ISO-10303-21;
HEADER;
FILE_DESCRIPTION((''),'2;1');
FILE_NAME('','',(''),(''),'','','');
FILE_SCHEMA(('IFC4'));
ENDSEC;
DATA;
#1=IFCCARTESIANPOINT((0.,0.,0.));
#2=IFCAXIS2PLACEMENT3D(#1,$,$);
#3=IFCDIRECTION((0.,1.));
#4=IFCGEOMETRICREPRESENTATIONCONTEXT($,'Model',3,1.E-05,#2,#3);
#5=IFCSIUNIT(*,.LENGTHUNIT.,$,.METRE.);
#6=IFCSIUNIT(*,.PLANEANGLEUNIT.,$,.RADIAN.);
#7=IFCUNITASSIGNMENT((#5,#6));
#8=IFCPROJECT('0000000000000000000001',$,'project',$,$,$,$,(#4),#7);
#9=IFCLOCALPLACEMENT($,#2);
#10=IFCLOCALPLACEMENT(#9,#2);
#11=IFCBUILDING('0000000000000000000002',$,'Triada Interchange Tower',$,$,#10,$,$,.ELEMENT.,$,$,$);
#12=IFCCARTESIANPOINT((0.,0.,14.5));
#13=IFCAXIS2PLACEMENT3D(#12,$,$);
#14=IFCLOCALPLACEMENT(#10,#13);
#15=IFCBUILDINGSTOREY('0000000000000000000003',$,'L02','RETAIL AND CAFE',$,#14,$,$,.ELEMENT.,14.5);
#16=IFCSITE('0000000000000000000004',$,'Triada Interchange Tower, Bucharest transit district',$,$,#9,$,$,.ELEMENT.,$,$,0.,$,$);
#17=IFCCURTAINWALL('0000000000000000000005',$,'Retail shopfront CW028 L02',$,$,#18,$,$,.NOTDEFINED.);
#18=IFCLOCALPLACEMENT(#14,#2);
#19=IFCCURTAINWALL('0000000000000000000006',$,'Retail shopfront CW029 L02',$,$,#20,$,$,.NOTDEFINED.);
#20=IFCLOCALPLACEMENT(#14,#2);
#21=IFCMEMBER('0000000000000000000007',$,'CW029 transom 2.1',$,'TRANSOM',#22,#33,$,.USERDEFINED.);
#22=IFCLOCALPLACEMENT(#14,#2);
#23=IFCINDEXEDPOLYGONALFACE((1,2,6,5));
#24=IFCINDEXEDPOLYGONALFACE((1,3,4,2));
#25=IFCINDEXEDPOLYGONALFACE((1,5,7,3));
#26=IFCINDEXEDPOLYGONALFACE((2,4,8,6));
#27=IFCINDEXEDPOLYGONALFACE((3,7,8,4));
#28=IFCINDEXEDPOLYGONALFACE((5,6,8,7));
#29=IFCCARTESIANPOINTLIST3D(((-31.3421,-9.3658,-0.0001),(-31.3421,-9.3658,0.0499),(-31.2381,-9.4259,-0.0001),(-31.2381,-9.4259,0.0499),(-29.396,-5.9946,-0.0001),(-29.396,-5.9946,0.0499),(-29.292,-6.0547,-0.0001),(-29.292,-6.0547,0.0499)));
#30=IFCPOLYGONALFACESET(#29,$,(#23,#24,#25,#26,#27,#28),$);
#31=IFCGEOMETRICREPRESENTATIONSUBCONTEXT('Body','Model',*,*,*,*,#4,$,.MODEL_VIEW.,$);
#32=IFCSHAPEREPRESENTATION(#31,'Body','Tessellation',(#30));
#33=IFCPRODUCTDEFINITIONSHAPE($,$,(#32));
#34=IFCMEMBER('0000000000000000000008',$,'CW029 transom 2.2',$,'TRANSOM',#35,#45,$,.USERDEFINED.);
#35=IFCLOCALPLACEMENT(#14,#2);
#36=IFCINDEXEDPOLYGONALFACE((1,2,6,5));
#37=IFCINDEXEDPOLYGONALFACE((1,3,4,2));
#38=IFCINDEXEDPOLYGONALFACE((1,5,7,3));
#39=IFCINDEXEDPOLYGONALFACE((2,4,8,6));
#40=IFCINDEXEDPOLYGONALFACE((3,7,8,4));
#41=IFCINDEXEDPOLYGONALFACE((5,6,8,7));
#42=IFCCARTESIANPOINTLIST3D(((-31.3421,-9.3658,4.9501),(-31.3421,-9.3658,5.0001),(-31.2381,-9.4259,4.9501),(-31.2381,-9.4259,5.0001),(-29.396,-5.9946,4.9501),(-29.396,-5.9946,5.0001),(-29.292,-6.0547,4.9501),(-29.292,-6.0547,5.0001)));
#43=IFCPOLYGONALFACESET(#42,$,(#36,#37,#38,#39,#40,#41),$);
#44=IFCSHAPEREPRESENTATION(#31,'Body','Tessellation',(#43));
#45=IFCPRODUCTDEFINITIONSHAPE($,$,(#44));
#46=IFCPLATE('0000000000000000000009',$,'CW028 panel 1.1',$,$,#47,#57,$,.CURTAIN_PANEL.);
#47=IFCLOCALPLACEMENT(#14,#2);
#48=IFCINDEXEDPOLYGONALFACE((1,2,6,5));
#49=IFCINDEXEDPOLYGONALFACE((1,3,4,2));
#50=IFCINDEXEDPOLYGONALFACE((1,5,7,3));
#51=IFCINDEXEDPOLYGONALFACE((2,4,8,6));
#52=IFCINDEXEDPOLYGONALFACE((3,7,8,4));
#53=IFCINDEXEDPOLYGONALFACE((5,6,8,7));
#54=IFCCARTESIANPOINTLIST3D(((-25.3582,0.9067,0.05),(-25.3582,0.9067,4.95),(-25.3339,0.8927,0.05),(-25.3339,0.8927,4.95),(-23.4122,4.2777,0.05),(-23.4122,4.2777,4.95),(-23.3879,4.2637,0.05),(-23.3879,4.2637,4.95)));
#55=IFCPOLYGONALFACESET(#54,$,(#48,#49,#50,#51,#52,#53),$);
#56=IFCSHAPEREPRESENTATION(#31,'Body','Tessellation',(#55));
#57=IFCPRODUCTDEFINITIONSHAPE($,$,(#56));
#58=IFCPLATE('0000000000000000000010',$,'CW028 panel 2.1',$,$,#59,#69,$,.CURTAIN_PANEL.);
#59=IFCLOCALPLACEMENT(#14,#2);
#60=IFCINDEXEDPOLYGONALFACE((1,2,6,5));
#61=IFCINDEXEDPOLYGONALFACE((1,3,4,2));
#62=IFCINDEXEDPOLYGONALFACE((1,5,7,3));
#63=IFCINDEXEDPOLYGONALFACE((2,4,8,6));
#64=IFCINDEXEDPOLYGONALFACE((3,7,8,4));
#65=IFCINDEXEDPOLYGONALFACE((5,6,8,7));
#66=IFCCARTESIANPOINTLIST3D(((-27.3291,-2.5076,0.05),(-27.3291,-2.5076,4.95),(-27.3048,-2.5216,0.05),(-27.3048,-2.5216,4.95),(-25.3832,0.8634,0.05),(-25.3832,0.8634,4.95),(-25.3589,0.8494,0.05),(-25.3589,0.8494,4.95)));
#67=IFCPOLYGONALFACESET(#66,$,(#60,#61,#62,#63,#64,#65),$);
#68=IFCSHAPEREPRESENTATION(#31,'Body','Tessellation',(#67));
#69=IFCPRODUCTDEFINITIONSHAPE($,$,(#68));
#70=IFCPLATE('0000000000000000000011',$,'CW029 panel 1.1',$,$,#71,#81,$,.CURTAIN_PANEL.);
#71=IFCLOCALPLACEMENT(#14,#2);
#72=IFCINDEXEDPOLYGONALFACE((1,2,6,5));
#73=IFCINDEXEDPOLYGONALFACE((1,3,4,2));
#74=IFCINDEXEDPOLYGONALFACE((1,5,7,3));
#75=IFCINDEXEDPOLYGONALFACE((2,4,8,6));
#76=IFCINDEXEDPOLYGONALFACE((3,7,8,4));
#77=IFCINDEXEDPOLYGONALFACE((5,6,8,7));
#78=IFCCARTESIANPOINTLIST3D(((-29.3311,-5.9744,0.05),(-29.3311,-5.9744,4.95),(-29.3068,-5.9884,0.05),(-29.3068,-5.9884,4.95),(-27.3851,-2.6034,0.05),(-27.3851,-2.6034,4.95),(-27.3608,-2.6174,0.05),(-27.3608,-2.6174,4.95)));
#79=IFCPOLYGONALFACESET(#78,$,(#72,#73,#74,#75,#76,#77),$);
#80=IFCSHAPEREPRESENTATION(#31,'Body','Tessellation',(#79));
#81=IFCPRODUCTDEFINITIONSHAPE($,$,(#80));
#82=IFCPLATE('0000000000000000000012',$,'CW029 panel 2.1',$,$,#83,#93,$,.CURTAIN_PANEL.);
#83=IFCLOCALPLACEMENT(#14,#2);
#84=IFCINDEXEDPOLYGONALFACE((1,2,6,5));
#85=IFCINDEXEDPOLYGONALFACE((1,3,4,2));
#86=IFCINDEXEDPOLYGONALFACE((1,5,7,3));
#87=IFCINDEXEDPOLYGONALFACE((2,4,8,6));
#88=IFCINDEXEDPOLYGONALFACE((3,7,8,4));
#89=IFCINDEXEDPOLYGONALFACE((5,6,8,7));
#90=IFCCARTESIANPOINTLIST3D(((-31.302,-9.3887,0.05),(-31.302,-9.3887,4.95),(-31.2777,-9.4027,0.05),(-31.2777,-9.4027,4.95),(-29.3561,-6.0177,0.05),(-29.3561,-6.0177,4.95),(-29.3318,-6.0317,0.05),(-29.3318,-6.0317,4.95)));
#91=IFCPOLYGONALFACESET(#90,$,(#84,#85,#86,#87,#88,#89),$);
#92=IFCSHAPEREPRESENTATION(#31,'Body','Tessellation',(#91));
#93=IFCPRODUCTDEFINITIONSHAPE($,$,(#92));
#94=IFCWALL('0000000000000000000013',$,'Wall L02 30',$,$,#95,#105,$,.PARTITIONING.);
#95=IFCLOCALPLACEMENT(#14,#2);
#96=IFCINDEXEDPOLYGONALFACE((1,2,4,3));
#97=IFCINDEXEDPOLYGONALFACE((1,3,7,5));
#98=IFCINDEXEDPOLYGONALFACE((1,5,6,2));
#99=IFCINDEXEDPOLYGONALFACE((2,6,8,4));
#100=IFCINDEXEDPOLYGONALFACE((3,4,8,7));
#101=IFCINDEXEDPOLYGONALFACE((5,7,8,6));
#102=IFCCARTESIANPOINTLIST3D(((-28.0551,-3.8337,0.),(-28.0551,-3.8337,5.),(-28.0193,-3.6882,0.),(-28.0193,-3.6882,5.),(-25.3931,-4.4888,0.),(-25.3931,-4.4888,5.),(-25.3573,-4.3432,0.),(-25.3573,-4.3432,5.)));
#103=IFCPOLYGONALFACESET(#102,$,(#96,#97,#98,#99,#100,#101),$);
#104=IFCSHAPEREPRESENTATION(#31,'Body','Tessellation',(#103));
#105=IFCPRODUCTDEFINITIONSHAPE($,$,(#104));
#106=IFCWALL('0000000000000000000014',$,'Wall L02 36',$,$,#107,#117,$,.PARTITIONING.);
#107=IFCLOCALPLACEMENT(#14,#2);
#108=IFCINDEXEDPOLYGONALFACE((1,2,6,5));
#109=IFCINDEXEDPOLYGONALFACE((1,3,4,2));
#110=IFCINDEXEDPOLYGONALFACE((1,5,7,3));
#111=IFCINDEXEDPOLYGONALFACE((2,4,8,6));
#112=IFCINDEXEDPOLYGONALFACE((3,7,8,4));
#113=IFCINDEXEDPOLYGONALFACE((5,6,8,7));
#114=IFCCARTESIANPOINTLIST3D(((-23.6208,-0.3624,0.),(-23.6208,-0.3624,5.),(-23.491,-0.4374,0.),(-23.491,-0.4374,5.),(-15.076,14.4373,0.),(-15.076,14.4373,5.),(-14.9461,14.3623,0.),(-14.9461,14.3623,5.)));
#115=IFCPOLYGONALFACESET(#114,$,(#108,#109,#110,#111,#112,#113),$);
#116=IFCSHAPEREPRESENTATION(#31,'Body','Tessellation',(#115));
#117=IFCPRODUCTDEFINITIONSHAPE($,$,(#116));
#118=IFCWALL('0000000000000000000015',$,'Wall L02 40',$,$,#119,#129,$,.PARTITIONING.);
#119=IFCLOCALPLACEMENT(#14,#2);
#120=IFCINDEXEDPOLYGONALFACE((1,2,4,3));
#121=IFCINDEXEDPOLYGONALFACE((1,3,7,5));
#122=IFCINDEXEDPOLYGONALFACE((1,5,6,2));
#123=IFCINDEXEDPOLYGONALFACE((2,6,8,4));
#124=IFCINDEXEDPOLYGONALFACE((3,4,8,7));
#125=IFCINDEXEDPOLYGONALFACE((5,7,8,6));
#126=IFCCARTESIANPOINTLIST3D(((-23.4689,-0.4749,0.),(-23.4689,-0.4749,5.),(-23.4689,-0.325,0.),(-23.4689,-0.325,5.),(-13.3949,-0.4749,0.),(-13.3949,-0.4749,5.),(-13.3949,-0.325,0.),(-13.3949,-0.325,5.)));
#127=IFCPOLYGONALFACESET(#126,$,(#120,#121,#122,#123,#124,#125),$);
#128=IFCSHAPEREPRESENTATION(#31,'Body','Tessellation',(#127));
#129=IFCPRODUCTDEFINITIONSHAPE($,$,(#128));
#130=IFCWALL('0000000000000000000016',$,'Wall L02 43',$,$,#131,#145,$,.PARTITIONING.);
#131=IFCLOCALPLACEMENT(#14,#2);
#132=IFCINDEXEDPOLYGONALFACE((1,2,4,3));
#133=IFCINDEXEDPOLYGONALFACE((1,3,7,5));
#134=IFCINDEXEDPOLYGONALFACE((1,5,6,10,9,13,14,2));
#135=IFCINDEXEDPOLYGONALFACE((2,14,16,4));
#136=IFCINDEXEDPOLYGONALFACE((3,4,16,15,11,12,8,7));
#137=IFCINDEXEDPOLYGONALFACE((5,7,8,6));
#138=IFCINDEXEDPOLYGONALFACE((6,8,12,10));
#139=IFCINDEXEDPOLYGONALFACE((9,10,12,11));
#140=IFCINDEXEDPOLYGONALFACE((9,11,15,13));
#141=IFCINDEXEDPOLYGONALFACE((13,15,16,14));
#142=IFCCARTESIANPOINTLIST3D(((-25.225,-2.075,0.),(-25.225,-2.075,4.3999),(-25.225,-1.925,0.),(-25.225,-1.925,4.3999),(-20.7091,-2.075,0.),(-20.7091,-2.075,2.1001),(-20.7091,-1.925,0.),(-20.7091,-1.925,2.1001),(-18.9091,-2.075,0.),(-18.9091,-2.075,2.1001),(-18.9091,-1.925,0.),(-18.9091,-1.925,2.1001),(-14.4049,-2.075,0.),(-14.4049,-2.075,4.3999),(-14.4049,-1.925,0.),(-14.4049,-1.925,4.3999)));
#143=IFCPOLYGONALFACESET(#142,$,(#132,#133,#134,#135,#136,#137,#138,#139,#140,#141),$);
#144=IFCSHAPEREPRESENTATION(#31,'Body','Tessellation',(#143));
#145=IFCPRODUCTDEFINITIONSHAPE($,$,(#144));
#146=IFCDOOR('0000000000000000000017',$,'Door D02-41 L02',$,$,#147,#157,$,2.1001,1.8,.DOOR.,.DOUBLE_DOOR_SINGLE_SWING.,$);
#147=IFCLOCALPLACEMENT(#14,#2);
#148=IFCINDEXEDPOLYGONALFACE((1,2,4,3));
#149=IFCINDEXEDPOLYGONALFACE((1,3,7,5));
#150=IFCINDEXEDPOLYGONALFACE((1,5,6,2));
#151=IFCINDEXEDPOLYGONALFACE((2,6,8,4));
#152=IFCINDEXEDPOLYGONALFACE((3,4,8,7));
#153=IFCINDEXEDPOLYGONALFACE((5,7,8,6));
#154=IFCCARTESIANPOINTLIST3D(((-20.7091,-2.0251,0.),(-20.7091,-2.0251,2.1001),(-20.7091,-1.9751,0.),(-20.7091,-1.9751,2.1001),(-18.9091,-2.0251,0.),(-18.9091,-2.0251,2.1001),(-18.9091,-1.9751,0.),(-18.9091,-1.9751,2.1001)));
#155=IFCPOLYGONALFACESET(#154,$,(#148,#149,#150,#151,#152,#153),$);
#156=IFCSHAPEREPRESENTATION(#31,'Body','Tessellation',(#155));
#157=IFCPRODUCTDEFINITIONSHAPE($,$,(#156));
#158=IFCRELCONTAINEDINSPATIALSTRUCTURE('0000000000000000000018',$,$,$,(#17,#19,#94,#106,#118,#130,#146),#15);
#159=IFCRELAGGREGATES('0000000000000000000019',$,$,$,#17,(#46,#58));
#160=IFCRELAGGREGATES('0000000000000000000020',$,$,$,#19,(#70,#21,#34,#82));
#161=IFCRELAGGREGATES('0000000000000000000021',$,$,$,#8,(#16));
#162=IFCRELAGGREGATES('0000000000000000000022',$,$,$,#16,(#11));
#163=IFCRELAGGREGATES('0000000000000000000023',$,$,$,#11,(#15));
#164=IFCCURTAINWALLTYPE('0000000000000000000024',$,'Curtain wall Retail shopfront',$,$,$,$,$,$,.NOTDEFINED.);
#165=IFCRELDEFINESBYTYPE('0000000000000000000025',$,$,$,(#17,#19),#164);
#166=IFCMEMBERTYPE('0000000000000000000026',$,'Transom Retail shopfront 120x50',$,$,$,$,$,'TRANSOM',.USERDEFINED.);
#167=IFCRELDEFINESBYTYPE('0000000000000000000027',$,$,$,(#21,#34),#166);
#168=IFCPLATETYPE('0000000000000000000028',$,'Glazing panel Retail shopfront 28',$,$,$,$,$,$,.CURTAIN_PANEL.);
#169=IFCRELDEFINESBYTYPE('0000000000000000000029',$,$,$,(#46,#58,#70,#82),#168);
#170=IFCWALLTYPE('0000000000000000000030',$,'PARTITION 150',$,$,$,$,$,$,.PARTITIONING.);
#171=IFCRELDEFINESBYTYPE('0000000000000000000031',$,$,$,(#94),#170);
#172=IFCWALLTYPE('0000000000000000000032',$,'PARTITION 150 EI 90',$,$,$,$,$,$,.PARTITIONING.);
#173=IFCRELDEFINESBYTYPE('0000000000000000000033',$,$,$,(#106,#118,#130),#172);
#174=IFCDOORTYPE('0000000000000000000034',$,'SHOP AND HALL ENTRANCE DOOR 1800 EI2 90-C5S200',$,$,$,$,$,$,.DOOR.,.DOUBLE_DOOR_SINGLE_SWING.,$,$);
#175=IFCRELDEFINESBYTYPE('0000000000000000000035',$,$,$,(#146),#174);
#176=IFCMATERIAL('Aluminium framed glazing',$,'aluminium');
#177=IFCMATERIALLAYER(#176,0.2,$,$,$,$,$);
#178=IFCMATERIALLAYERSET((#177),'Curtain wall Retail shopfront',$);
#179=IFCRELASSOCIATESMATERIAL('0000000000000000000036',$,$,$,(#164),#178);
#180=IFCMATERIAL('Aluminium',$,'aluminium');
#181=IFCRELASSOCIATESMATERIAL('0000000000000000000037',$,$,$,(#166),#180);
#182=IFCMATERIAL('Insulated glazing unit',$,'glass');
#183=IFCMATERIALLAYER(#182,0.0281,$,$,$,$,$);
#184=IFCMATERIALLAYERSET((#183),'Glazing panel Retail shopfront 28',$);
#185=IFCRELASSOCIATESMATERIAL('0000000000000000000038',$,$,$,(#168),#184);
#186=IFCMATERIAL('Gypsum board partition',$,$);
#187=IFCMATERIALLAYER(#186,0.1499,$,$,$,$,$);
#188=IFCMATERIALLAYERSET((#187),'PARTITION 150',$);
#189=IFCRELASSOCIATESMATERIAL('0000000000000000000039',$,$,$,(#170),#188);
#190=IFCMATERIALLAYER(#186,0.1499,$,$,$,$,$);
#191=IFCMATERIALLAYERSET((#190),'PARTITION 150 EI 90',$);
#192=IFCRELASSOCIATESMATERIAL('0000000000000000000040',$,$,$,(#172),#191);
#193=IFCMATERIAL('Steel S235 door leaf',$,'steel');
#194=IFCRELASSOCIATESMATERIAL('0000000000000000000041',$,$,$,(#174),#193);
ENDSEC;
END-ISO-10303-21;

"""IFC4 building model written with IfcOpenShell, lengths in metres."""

from ifc_helpers import new_model, si_unit, direction, frame, frame_2d, origin, origin_2d, place, context, subcontext, project, spatial, rectangle, extrude, material, layer, layer_set, material_profile, profile_set, type_object, element, fill, aggregate, save


model = new_model("IFC4")

# Units and contexts
model_context = context("Model", 3, precision=1e-05, world=origin(), true_north=direction((0.0, 1.0)))
body_context = subcontext(model_context, "Body", "Model", "MODEL_VIEW")
ifc_project = project(units=[si_unit("LENGTHUNIT", "METRE"), si_unit("PLANEANGLEUNIT", "RADIAN")], contexts=[model_context])

# Site, building, storey
site_placement = place(None, origin())
site = spatial("IfcSite", under=ifc_project, at=site_placement, Name="Triada Interchange Tower, Bucharest transit district", CompositionType="ELEMENT", RefElevation=0.0)
building_placement = place(site_placement, origin())
building = spatial("IfcBuilding", under=site, at=building_placement, Name="Triada Interchange Tower", CompositionType="ELEMENT")
storey_placement = place(building_placement, frame((0.0, 0.0, 14.5)))
storey = spatial("IfcBuildingStorey", under=building, at=storey_placement, Name="L02", Description="RETAIL AND CAFE", CompositionType="ELEMENT", Elevation=14.5)

# Curtain walls
ifc_material_1 = material(Name="Aluminium framed glazing", Category="aluminium")
ifc_layer_1 = layer(ifc_material_1, 0.2)
ifc_layer_set_1 = layer_set([ifc_layer_1], Name="Curtain wall Retail shopfront")
curtain_wall_type = type_object("IfcCurtainWallType", Name="Curtain wall Retail shopfront", PredefinedType="NOTDEFINED", material=ifc_layer_set_1)
curtain_wall_1_placement = place(storey_placement, origin())
curtain_wall_1 = element("IfcCurtainWall", 1, at=curtain_wall_1_placement, inside=storey, type_object=curtain_wall_type, Name="Retail shopfront CW028 L02", PredefinedType="NOTDEFINED")
ifc_material_2 = material(Name="Aluminium", Category="aluminium")
curtain_wall_2_placement = place(storey_placement, origin())
curtain_wall_2 = element("IfcCurtainWall", 2, at=curtain_wall_2_placement, inside=storey, type_object=curtain_wall_type, Name="Retail shopfront CW029 L02", PredefinedType="NOTDEFINED")

# Members
ifc_material_profile_1 = material_profile(ifc_material_2, rectangle(XDim=0.1201, YDim=0.05, at=origin_2d()), Name="Aluminium transom")
ifc_profile_set_1 = profile_set([ifc_material_profile_1], Name="Aluminium")
member_type_1 = type_object("IfcMemberType", Name="Transom Retail shopfront 120x50", ElementType="TRANSOM", PredefinedType="USERDEFINED", material=ifc_profile_set_1)
member_1_placement = place(storey_placement, frame((-29.344, -6.0247, 0.0249), z_axis=(-0.49995, -0.866054, 0.0), x_axis=(0.866054, -0.49995, 0.0)))
member_1 = element("IfcMember", 3, at=member_1_placement, type_object=member_type_1, Name="CW029 transom 2.1", ObjectType="TRANSOM", PredefinedType="USERDEFINED", context=body_context, shape_type="SweptSolid", body=[
    extrude(rectangle(XDim=0.1201, YDim=0.05, at=origin_2d()), origin(), (0.0, 0.0, 1.0), 3.8926),
])
member_2_placement = place(storey_placement, frame((-29.344, -6.0247, 4.9751), z_axis=(-0.49995, -0.866054, 0.0), x_axis=(0.866054, -0.49995, 0.0)))
member_2 = element("IfcMember", 4, at=member_2_placement, type_object=member_type_1, Name="CW029 transom 2.2", ObjectType="TRANSOM", PredefinedType="USERDEFINED", context=body_context, shape_type="SweptSolid", body=[
    extrude(rectangle(XDim=0.1201, YDim=0.05, at=origin_2d()), origin(), (0.0, 0.0, 1.0), 3.8926),
])

# Plates
ifc_material_3 = material(Name="Insulated glazing unit", Category="glass")
ifc_layer_2 = layer(ifc_material_3, 0.0281)
ifc_layer_set_2 = layer_set([ifc_layer_2], Name="Glazing panel Retail shopfront 28")
plate_type = type_object("IfcPlateType", Name="Glazing panel Retail shopfront 28", PredefinedType="CURTAIN_PANEL", material=ifc_layer_set_2)
plate_1_placement = place(storey_placement, frame((-24.373, 2.5852, 0.05), z_axis=(0.0, 0.0, 1.0), x_axis=(-0.499948, -0.866055, 0.0)))
plate_1 = element("IfcPlate", 5, at=plate_1_placement, type_object=plate_type, Name="CW028 panel 1.1", PredefinedType="CURTAIN_PANEL", context=body_context, shape_type="SweptSolid", body=[
    extrude(rectangle(XDim=3.8923, YDim=0.0281, at=origin_2d()), origin(), (0.0, 0.0, 1.0), 4.8999),
])
plate_2_placement = place(storey_placement, frame((-26.344, -0.8291, 0.05), z_axis=(0.0, 0.0, 1.0), x_axis=(-0.499948, -0.866055, 0.0)))
plate_2 = element("IfcPlate", 6, at=plate_2_placement, type_object=plate_type, Name="CW028 panel 2.1", PredefinedType="CURTAIN_PANEL", context=body_context, shape_type="SweptSolid", body=[
    extrude(rectangle(XDim=3.8923, YDim=0.0281, at=origin_2d()), origin(), (0.0, 0.0, 1.0), 4.8999),
])
aggregate(curtain_wall_1, [plate_1, plate_2])
plate_3_placement = place(storey_placement, frame((-28.3459, -4.2959, 0.05), z_axis=(0.0, 0.0, 1.0), x_axis=(-0.499948, -0.866055, 0.0)))
plate_3 = element("IfcPlate", 7, at=plate_3_placement, type_object=plate_type, Name="CW029 panel 1.1", PredefinedType="CURTAIN_PANEL", context=body_context, shape_type="SweptSolid", body=[
    extrude(rectangle(XDim=3.8923, YDim=0.0281, at=origin_2d()), origin(), (0.0, 0.0, 1.0), 4.8999),
])
plate_4_placement = place(storey_placement, frame((-30.3169, -7.7102, 0.05), z_axis=(0.0, 0.0, 1.0), x_axis=(-0.499948, -0.866055, 0.0)))
plate_4 = element("IfcPlate", 8, at=plate_4_placement, type_object=plate_type, Name="CW029 panel 2.1", PredefinedType="CURTAIN_PANEL", context=body_context, shape_type="SweptSolid", body=[
    extrude(rectangle(XDim=3.8923, YDim=0.0281, at=origin_2d()), origin(), (0.0, 0.0, 1.0), 4.8999),
])
aggregate(curtain_wall_2, [plate_3, member_1, member_2, plate_4])

# Walls
ifc_material_4 = material(Name="Gypsum board partition")
ifc_layer_3 = layer(ifc_material_4, 0.1499)
ifc_layer_set_3 = layer_set([ifc_layer_3], Name="PARTITION 150")
wall_type_1 = type_object("IfcWallType", Name="PARTITION 150", PredefinedType="PARTITIONING", material=ifc_layer_set_3)
wall_1_placement = place(storey_placement, frame((-28.0371, -3.761, 0.0), z_axis=(0.0, 0.0, 1.0), x_axis=(0.971037, -0.23893, 0.0)))
element("IfcWall", 9, at=wall_1_placement, inside=storey, type_object=wall_type_1, Name="Wall L02 30", PredefinedType="PARTITIONING", context=body_context, shape_type="SweptSolid", body=[
    extrude(rectangle(XDim=2.7415, YDim=0.1499, at=frame_2d((1.3706, 0.0))), origin(), (0.0, 0.0, 1.0), 5.0),
])
ifc_layer_4 = layer(ifc_material_4, 0.1499)
ifc_layer_set_4 = layer_set([ifc_layer_4], Name="PARTITION 150 EI 90")
wall_type_2 = type_object("IfcWallType", Name="PARTITION 150 EI 90", PredefinedType="PARTITIONING", material=ifc_layer_set_4)
wall_2_placement = place(storey_placement, frame((-23.5559, -0.3999, 0.0), z_axis=(0.0, 0.0, 1.0), x_axis=(0.500011, 0.866019, 0.0)))
element("IfcWall", 10, at=wall_2_placement, inside=storey, type_object=wall_type_2, Name="Wall L02 36", PredefinedType="PARTITIONING", context=body_context, shape_type="SweptSolid", body=[
    extrude(rectangle(XDim=17.0894, YDim=0.1499, at=frame_2d((8.5447, 0.0))), origin(), (0.0, 0.0, 1.0), 5.0),
])
wall_3_placement = place(storey_placement, frame((-23.469, -0.3999, 0.0), z_axis=(0.0, 0.0, 1.0), x_axis=(1.0, 0.0, 0.0)))
element("IfcWall", 11, at=wall_3_placement, inside=storey, type_object=wall_type_2, Name="Wall L02 40", PredefinedType="PARTITIONING", context=body_context, shape_type="SweptSolid", body=[
    extrude(rectangle(XDim=10.074, YDim=0.1499, at=frame_2d((5.0371, 0.0))), origin(), (0.0, 0.0, 1.0), 5.0),
])

# Wall, opening, door
wall_4_placement = place(storey_placement, frame((-25.2251, -2.0, 0.0), z_axis=(0.0, 0.0, 1.0), x_axis=(1.0, 0.0, 0.0)))
wall_4 = element("IfcWall", 12, at=wall_4_placement, inside=storey, type_object=wall_type_2, Name="Wall L02 43", PredefinedType="PARTITIONING", context=body_context, shape_type="SweptSolid", body=[
    extrude(rectangle(XDim=10.8201, YDim=0.1499, at=frame_2d((5.4102, 0.0))), origin(), (0.0, 0.0, 1.0), 4.3999),
])
opening_placement = place(wall_4_placement, frame((4.5161, 0.0, 0.0)))
opening = element("IfcOpeningElement", 13, at=opening_placement, cuts=wall_4, PredefinedType="OPENING", context=body_context, shape_type="SweptSolid", body=[
    extrude(rectangle(XDim=1.8, YDim=2.1001, at=frame_2d((0.8999, 1.05))), frame((0.0, 0.085, 0.0), z_axis=(0.0, -1.0, 0.0), x_axis=(1.0, 0.0, 0.0)), (0.0, 0.0, 1.0), 0.1699),
])
ifc_material_5 = material(Name="Steel S235 door leaf", Category="steel")
door_type = type_object("IfcDoorType", Name="SHOP AND HALL ENTRANCE DOOR 1800 EI2 90-C5S200", OperationType="DOUBLE_DOOR_SINGLE_SWING", PredefinedType="DOOR", material=ifc_material_5)
door_placement = place(opening_placement, origin())
door = element("IfcDoor", 14, at=door_placement, inside=storey, type_object=door_type, Name="Door D02-41 L02", OperationType="DOUBLE_DOOR_SINGLE_SWING", OverallHeight=2.1001, OverallWidth=1.8, PredefinedType="DOOR", context=body_context, shape_type="SweptSolid", body=[
    extrude(rectangle(XDim=1.8, YDim=2.1001, at=frame_2d((0.8999, 1.05))), frame((0.0, 0.0249, 0.0), z_axis=(0.0, -1.0, 0.0), x_axis=(1.0, 0.0, 0.0)), (0.0, 0.0, 1.0), 0.05),
])
fill(opening, door)

save(model, "model.ifc")
